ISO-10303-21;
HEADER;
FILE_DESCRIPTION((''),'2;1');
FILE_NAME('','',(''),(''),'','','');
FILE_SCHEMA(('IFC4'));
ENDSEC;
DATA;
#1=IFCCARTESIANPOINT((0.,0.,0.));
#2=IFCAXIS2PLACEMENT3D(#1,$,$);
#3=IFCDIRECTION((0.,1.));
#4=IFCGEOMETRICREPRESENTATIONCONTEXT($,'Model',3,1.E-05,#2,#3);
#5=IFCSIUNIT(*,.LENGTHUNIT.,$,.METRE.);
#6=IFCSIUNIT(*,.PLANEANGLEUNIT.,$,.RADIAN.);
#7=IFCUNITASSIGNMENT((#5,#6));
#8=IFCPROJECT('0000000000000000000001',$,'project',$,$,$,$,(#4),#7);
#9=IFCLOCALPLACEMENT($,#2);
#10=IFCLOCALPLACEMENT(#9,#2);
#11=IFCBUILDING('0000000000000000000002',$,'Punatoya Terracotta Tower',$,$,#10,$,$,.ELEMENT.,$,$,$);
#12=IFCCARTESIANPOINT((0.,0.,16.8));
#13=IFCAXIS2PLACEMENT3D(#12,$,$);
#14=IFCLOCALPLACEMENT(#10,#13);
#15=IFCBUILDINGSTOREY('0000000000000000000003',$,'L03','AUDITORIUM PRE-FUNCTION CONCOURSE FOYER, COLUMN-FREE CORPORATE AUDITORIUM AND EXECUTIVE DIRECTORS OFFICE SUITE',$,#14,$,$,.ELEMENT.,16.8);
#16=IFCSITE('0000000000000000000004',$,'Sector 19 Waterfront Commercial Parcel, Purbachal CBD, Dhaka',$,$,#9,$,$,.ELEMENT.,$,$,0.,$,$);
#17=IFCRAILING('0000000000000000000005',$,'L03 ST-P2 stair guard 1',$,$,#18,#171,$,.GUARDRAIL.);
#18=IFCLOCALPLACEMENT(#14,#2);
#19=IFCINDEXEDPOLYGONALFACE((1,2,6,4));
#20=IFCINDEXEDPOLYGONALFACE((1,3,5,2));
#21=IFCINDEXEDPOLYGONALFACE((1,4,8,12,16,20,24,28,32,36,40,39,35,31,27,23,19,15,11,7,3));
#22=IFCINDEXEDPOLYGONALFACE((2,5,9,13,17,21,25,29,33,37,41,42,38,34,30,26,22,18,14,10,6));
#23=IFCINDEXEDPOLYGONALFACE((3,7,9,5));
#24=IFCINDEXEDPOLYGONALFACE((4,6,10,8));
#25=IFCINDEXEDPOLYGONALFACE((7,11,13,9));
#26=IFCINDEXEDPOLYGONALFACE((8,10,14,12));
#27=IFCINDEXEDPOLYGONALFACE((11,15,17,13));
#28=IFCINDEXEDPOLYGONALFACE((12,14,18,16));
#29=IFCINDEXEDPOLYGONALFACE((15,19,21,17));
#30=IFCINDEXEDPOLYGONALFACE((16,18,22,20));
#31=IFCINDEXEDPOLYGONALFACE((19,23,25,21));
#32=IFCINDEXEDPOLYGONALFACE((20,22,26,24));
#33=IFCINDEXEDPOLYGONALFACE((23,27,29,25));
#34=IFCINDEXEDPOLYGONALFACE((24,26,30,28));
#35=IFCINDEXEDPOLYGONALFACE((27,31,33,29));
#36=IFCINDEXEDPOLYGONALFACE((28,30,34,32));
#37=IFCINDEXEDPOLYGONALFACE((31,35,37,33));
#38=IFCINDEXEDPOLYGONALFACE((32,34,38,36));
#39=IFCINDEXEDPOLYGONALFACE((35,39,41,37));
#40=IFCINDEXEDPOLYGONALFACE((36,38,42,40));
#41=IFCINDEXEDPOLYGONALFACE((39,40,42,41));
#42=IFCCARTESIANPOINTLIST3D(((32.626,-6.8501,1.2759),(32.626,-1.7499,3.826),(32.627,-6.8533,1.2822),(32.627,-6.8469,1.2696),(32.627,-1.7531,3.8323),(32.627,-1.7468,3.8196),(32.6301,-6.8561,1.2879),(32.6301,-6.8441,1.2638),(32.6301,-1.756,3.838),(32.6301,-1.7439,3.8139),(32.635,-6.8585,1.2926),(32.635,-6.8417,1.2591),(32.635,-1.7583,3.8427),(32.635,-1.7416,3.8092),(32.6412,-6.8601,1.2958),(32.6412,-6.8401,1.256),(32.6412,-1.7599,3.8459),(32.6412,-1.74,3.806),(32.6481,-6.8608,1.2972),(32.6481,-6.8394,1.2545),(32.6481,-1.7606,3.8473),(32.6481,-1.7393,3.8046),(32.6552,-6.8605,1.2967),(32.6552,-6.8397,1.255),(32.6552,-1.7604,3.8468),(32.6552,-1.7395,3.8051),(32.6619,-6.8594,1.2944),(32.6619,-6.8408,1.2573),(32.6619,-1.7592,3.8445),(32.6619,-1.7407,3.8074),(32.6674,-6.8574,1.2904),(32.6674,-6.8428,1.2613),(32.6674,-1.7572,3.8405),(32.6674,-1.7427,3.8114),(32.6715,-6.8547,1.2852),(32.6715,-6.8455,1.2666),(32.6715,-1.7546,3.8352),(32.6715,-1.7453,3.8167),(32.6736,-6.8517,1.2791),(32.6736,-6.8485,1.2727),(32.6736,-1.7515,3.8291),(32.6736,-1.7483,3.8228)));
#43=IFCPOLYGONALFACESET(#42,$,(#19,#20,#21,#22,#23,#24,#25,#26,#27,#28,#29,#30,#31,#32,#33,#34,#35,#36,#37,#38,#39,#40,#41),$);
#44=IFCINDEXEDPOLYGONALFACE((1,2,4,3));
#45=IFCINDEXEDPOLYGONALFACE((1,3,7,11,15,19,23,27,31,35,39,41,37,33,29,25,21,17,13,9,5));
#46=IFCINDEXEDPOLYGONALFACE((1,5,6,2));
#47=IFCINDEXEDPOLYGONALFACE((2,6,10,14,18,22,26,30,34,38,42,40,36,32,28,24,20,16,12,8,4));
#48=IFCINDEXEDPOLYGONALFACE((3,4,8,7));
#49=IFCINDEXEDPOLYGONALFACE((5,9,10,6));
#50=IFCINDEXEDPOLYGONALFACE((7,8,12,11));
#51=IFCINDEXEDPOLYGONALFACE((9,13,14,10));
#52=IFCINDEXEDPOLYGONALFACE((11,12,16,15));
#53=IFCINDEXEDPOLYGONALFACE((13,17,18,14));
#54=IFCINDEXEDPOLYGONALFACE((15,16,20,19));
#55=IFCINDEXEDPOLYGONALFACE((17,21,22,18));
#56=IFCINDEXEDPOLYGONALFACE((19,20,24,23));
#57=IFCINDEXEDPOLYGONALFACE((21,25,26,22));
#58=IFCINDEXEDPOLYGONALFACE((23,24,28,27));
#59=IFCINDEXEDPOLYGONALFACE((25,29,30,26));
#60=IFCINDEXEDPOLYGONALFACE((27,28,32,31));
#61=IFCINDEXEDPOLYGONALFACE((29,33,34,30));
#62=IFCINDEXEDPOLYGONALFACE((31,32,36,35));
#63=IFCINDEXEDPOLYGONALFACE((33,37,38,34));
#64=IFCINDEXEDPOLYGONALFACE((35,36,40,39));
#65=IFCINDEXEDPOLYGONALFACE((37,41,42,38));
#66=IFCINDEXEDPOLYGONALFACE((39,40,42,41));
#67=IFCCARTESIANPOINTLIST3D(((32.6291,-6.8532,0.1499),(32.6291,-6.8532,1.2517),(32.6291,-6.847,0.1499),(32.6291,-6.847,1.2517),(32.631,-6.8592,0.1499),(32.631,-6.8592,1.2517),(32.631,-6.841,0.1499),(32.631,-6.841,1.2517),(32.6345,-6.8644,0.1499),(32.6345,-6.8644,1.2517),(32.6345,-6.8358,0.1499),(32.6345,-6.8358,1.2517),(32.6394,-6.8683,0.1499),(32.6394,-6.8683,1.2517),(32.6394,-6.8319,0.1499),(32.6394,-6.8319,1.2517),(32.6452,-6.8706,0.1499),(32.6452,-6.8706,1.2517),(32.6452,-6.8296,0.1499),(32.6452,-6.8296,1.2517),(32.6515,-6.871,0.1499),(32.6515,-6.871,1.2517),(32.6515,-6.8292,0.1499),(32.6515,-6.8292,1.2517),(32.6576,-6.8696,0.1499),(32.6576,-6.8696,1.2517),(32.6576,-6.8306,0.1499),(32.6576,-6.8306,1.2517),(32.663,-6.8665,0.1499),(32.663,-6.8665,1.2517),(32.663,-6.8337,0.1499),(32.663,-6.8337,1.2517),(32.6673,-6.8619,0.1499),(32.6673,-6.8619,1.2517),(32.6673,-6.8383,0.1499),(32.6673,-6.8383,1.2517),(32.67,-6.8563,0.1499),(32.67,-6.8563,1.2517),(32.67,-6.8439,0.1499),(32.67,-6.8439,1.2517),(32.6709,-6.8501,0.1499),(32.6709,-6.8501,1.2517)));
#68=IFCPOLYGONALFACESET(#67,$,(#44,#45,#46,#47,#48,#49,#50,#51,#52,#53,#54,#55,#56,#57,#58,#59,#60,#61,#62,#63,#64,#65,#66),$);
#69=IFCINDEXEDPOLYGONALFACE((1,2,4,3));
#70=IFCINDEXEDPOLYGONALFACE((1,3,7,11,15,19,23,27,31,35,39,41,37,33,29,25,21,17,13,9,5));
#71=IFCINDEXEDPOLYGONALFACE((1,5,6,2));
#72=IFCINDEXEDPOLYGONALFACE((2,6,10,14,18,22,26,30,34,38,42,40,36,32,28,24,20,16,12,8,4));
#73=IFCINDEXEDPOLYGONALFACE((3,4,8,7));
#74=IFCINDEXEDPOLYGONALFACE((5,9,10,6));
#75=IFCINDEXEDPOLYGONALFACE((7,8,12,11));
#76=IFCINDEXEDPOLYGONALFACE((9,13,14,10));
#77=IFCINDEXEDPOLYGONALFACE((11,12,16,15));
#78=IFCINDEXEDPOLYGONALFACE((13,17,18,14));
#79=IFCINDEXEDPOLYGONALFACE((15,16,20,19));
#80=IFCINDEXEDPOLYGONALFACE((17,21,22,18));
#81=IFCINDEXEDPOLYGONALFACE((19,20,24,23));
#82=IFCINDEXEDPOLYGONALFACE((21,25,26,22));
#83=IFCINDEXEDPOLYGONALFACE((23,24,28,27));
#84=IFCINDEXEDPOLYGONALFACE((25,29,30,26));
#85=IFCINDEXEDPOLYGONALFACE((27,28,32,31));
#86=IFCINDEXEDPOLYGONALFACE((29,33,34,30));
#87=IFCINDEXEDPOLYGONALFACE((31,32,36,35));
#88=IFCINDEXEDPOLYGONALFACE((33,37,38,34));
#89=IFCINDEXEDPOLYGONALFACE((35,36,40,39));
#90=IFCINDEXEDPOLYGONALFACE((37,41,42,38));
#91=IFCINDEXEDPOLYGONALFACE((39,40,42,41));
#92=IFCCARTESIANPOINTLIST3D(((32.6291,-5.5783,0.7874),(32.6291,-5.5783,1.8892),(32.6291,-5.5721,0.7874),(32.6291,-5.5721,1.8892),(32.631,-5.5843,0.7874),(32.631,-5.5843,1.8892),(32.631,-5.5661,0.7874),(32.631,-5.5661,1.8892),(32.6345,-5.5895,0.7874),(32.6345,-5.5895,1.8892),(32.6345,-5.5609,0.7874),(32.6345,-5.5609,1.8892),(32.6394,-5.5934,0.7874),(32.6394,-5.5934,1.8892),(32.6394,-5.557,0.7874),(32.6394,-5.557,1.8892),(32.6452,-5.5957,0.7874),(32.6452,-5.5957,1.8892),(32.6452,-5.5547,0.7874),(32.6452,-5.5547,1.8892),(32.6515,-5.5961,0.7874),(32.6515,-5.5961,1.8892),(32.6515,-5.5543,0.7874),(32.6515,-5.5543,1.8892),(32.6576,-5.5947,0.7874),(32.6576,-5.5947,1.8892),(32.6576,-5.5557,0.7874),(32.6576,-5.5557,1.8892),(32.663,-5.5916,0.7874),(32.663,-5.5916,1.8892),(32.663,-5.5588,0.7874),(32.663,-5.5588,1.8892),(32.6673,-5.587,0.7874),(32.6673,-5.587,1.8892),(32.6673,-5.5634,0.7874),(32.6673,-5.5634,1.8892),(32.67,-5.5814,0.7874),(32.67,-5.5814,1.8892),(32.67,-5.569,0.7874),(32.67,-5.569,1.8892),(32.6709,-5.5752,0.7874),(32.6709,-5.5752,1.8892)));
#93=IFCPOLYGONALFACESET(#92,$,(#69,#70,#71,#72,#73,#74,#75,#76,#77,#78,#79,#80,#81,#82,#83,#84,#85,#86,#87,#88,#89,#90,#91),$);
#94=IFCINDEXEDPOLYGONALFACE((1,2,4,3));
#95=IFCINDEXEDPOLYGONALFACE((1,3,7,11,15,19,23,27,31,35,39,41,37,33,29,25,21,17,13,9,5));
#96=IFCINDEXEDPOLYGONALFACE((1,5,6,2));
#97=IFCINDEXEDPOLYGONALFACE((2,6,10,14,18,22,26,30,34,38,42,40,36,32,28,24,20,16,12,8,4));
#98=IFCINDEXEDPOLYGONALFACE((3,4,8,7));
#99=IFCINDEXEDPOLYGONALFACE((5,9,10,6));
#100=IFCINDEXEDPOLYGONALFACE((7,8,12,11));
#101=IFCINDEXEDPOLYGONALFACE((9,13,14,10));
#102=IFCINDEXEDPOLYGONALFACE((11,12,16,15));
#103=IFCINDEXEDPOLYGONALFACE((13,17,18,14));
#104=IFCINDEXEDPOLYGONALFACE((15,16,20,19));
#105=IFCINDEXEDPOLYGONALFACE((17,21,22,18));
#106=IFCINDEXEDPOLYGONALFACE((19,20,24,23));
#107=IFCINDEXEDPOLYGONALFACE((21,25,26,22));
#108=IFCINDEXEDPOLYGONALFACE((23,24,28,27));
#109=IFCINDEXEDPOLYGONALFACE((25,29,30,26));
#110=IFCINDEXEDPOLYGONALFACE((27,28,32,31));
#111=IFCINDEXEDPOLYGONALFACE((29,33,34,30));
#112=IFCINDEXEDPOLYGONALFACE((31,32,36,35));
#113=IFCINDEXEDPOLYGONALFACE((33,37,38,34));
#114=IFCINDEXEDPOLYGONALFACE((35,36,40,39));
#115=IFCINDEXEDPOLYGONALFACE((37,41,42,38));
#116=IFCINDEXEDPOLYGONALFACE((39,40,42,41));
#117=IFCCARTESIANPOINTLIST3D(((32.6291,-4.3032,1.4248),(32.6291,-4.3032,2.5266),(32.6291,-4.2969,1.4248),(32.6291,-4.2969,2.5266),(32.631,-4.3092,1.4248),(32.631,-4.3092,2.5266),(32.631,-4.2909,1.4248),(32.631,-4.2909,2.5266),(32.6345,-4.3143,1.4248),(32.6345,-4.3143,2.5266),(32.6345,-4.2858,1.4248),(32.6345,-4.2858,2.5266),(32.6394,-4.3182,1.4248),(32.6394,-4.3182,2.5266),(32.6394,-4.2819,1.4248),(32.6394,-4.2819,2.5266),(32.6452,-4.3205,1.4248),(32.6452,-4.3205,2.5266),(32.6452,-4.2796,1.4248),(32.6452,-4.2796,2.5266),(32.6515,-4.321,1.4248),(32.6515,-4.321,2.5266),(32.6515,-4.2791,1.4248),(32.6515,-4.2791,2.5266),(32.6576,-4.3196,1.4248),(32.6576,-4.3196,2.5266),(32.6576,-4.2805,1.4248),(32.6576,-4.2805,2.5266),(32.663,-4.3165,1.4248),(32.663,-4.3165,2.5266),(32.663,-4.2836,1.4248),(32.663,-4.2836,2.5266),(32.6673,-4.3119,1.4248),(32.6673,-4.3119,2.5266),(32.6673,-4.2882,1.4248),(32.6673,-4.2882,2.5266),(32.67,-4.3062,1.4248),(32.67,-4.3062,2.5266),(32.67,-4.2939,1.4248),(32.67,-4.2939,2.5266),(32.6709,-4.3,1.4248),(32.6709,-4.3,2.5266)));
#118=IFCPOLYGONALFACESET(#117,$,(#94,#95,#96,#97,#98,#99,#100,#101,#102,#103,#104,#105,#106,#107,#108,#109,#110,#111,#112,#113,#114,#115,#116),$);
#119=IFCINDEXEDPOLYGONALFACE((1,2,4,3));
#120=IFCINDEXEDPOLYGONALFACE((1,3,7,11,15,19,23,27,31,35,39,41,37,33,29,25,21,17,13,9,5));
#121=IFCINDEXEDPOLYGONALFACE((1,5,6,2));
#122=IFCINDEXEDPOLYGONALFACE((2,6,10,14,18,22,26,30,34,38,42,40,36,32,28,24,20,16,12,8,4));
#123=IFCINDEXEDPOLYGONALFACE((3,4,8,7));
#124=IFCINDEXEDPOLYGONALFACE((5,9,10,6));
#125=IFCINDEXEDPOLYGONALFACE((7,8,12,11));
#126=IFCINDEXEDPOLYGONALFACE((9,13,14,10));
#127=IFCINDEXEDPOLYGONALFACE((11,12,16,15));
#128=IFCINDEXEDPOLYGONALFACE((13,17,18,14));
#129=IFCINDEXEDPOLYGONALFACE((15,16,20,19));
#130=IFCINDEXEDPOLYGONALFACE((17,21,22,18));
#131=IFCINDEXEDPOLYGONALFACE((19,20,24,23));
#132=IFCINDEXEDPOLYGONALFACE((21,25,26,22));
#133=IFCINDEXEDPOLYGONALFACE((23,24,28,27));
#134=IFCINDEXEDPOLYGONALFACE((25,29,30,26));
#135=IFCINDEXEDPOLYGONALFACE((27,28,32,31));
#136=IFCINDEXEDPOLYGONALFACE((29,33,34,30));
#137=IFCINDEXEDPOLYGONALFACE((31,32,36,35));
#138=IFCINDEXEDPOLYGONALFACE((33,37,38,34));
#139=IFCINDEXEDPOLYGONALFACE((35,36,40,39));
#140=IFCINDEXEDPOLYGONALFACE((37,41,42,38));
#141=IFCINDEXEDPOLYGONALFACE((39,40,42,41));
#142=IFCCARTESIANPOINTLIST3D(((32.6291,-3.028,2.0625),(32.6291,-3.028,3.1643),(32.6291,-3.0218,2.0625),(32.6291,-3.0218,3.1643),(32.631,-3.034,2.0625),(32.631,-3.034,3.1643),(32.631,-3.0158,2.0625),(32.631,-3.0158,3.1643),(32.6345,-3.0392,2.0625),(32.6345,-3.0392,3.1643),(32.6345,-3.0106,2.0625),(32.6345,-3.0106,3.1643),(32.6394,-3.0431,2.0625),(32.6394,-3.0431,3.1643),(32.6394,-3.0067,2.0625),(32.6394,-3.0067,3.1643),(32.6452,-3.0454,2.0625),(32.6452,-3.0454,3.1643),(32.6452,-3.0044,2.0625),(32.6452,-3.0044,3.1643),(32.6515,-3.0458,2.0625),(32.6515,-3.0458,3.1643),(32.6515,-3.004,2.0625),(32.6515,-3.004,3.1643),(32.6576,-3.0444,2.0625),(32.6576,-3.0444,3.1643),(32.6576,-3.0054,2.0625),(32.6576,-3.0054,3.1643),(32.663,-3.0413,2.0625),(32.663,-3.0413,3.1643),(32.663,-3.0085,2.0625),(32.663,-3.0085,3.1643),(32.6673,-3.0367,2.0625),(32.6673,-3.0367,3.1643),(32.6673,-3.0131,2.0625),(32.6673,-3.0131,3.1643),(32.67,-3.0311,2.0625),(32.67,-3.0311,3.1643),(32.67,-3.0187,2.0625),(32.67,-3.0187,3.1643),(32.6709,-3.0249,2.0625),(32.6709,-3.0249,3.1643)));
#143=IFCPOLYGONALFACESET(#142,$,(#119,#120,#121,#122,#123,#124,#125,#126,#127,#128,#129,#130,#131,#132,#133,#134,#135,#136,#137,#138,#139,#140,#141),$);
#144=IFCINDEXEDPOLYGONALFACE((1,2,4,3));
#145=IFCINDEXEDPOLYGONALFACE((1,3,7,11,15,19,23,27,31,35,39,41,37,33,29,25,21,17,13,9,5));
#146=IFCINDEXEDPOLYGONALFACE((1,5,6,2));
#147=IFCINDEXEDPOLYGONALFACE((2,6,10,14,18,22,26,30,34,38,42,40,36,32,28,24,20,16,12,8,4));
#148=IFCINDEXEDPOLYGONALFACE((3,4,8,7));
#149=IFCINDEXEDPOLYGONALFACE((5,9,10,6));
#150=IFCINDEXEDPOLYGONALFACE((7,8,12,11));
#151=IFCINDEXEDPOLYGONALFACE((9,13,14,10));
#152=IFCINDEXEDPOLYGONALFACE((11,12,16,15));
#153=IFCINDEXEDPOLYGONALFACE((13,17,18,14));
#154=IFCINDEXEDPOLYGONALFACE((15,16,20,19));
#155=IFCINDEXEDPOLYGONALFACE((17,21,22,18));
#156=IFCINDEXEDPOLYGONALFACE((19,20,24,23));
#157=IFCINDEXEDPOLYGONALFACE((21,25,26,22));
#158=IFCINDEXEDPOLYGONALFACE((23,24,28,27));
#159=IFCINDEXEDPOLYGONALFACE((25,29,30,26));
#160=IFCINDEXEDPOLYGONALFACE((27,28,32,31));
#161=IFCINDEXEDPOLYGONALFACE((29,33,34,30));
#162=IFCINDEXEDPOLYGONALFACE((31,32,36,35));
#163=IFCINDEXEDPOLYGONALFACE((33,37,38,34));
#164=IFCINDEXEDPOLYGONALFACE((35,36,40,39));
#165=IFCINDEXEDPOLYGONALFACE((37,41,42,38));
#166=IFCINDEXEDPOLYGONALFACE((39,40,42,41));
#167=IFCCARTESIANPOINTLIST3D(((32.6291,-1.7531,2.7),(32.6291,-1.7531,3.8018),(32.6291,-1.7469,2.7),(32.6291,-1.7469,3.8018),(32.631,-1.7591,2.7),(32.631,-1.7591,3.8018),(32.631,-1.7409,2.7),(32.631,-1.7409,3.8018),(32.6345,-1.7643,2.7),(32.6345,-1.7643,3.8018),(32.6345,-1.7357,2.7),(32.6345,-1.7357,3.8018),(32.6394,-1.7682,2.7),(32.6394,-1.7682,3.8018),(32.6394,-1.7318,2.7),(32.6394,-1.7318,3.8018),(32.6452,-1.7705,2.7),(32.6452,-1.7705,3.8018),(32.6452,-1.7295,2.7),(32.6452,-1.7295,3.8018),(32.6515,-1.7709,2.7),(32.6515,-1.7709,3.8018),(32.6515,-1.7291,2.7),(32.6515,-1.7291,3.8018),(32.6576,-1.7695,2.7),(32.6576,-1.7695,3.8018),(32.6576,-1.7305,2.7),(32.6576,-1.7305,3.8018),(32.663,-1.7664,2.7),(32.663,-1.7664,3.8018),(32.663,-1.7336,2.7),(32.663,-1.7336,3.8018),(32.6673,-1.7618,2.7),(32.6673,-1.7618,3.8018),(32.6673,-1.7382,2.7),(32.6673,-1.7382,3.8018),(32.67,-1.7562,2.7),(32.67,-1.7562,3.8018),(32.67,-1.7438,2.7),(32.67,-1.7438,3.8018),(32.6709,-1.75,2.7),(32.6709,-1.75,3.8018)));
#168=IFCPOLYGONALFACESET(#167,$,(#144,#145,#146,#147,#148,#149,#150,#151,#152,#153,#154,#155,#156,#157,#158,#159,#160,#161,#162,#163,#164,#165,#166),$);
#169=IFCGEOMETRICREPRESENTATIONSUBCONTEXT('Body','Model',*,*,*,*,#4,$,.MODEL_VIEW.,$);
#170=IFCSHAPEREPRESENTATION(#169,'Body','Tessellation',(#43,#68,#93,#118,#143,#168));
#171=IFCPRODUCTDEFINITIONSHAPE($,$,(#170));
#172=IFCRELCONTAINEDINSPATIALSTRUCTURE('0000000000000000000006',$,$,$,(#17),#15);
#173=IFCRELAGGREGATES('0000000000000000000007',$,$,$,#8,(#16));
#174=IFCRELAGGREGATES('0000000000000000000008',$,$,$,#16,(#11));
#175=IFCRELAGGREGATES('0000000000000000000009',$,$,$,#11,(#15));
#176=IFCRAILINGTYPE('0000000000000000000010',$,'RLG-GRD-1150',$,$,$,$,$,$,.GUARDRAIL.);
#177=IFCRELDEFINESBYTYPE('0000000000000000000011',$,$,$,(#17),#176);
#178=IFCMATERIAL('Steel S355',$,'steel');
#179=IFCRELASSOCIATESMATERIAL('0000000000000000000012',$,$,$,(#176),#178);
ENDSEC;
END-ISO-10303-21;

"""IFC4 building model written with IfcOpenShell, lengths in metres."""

from ifc_helpers import new_model, si_unit, direction, frame, origin, origin_2d, place, context, subcontext, project, spatial, circle, extrude, material, type_object, element, save


model = new_model("IFC4")

# Units and contexts
model_context = context("Model", 3, precision=1e-05, world=origin(), true_north=direction((0.0, 1.0)))
body_context = subcontext(model_context, "Body", "Model", "MODEL_VIEW")
ifc_project = project(units=[si_unit("LENGTHUNIT", "METRE"), si_unit("PLANEANGLEUNIT", "RADIAN")], contexts=[model_context])

# Site, building, storey
site_placement = place(None, origin())
site = spatial("IfcSite", under=ifc_project, at=site_placement, Name="Sector 19 Waterfront Commercial Parcel, Purbachal CBD, Dhaka", CompositionType="ELEMENT", RefElevation=0.0)
building_placement = place(site_placement, origin())
building = spatial("IfcBuilding", under=site, at=building_placement, Name="Punatoya Terracotta Tower", CompositionType="ELEMENT")
storey_placement = place(building_placement, frame((0.0, 0.0, 16.8)))
storey = spatial("IfcBuildingStorey", under=building, at=storey_placement, Name="L03", Description="AUDITORIUM PRE-FUNCTION CONCOURSE FOYER, COLUMN-FREE CORPORATE AUDITORIUM AND EXECUTIVE DIRECTORS OFFICE SUITE", CompositionType="ELEMENT", Elevation=16.8)

# Shared definitions
ifc_material_1 = material(Name="Steel S355", Category="steel")

# Railing
railing_type_1 = type_object("IfcRailingType", Name="RLG-GRD-1150", PredefinedType="GUARDRAIL", material=ifc_material_1)
railing_1_placement = place(storey_placement, frame((32.6499, -6.8501, 0.1499)))
element("IfcRailing", 1, at=railing_1_placement, inside=storey, type_object=railing_type_1, Name="L03 ST-P2 stair guard 1", PredefinedType="GUARDRAIL", context=body_context, shape_type="SweptSolid", body=[
    extrude(circle(Radius=0.0239, at=origin_2d()), frame((0.0, 0.0, 1.126), z_axis=(0.0, 0.894427, 0.447214), x_axis=(-1.0, 0.0, 0.0)), (0.0, 0.0, 1.0), 5.7021),
    extrude(circle(Radius=0.021, at=origin_2d()), origin(), (0.0, 0.0, 1.0), 1.1018),
    extrude(circle(Radius=0.021, at=origin_2d()), frame((0.0, 1.2749, 0.6375)), (0.0, 0.0, 1.0), 1.1018),
    extrude(circle(Radius=0.021, at=origin_2d()), frame((0.0, 2.55, 1.2749)), (0.0, 0.0, 1.0), 1.1018),
    extrude(circle(Radius=0.021, at=origin_2d()), frame((0.0, 3.8252, 1.9126)), (0.0, 0.0, 1.0), 1.1018),
    extrude(circle(Radius=0.021, at=origin_2d()), frame((0.0, 5.1001, 2.55)), (0.0, 0.0, 1.0), 1.1018),
])

save(model, "model.ifc")
